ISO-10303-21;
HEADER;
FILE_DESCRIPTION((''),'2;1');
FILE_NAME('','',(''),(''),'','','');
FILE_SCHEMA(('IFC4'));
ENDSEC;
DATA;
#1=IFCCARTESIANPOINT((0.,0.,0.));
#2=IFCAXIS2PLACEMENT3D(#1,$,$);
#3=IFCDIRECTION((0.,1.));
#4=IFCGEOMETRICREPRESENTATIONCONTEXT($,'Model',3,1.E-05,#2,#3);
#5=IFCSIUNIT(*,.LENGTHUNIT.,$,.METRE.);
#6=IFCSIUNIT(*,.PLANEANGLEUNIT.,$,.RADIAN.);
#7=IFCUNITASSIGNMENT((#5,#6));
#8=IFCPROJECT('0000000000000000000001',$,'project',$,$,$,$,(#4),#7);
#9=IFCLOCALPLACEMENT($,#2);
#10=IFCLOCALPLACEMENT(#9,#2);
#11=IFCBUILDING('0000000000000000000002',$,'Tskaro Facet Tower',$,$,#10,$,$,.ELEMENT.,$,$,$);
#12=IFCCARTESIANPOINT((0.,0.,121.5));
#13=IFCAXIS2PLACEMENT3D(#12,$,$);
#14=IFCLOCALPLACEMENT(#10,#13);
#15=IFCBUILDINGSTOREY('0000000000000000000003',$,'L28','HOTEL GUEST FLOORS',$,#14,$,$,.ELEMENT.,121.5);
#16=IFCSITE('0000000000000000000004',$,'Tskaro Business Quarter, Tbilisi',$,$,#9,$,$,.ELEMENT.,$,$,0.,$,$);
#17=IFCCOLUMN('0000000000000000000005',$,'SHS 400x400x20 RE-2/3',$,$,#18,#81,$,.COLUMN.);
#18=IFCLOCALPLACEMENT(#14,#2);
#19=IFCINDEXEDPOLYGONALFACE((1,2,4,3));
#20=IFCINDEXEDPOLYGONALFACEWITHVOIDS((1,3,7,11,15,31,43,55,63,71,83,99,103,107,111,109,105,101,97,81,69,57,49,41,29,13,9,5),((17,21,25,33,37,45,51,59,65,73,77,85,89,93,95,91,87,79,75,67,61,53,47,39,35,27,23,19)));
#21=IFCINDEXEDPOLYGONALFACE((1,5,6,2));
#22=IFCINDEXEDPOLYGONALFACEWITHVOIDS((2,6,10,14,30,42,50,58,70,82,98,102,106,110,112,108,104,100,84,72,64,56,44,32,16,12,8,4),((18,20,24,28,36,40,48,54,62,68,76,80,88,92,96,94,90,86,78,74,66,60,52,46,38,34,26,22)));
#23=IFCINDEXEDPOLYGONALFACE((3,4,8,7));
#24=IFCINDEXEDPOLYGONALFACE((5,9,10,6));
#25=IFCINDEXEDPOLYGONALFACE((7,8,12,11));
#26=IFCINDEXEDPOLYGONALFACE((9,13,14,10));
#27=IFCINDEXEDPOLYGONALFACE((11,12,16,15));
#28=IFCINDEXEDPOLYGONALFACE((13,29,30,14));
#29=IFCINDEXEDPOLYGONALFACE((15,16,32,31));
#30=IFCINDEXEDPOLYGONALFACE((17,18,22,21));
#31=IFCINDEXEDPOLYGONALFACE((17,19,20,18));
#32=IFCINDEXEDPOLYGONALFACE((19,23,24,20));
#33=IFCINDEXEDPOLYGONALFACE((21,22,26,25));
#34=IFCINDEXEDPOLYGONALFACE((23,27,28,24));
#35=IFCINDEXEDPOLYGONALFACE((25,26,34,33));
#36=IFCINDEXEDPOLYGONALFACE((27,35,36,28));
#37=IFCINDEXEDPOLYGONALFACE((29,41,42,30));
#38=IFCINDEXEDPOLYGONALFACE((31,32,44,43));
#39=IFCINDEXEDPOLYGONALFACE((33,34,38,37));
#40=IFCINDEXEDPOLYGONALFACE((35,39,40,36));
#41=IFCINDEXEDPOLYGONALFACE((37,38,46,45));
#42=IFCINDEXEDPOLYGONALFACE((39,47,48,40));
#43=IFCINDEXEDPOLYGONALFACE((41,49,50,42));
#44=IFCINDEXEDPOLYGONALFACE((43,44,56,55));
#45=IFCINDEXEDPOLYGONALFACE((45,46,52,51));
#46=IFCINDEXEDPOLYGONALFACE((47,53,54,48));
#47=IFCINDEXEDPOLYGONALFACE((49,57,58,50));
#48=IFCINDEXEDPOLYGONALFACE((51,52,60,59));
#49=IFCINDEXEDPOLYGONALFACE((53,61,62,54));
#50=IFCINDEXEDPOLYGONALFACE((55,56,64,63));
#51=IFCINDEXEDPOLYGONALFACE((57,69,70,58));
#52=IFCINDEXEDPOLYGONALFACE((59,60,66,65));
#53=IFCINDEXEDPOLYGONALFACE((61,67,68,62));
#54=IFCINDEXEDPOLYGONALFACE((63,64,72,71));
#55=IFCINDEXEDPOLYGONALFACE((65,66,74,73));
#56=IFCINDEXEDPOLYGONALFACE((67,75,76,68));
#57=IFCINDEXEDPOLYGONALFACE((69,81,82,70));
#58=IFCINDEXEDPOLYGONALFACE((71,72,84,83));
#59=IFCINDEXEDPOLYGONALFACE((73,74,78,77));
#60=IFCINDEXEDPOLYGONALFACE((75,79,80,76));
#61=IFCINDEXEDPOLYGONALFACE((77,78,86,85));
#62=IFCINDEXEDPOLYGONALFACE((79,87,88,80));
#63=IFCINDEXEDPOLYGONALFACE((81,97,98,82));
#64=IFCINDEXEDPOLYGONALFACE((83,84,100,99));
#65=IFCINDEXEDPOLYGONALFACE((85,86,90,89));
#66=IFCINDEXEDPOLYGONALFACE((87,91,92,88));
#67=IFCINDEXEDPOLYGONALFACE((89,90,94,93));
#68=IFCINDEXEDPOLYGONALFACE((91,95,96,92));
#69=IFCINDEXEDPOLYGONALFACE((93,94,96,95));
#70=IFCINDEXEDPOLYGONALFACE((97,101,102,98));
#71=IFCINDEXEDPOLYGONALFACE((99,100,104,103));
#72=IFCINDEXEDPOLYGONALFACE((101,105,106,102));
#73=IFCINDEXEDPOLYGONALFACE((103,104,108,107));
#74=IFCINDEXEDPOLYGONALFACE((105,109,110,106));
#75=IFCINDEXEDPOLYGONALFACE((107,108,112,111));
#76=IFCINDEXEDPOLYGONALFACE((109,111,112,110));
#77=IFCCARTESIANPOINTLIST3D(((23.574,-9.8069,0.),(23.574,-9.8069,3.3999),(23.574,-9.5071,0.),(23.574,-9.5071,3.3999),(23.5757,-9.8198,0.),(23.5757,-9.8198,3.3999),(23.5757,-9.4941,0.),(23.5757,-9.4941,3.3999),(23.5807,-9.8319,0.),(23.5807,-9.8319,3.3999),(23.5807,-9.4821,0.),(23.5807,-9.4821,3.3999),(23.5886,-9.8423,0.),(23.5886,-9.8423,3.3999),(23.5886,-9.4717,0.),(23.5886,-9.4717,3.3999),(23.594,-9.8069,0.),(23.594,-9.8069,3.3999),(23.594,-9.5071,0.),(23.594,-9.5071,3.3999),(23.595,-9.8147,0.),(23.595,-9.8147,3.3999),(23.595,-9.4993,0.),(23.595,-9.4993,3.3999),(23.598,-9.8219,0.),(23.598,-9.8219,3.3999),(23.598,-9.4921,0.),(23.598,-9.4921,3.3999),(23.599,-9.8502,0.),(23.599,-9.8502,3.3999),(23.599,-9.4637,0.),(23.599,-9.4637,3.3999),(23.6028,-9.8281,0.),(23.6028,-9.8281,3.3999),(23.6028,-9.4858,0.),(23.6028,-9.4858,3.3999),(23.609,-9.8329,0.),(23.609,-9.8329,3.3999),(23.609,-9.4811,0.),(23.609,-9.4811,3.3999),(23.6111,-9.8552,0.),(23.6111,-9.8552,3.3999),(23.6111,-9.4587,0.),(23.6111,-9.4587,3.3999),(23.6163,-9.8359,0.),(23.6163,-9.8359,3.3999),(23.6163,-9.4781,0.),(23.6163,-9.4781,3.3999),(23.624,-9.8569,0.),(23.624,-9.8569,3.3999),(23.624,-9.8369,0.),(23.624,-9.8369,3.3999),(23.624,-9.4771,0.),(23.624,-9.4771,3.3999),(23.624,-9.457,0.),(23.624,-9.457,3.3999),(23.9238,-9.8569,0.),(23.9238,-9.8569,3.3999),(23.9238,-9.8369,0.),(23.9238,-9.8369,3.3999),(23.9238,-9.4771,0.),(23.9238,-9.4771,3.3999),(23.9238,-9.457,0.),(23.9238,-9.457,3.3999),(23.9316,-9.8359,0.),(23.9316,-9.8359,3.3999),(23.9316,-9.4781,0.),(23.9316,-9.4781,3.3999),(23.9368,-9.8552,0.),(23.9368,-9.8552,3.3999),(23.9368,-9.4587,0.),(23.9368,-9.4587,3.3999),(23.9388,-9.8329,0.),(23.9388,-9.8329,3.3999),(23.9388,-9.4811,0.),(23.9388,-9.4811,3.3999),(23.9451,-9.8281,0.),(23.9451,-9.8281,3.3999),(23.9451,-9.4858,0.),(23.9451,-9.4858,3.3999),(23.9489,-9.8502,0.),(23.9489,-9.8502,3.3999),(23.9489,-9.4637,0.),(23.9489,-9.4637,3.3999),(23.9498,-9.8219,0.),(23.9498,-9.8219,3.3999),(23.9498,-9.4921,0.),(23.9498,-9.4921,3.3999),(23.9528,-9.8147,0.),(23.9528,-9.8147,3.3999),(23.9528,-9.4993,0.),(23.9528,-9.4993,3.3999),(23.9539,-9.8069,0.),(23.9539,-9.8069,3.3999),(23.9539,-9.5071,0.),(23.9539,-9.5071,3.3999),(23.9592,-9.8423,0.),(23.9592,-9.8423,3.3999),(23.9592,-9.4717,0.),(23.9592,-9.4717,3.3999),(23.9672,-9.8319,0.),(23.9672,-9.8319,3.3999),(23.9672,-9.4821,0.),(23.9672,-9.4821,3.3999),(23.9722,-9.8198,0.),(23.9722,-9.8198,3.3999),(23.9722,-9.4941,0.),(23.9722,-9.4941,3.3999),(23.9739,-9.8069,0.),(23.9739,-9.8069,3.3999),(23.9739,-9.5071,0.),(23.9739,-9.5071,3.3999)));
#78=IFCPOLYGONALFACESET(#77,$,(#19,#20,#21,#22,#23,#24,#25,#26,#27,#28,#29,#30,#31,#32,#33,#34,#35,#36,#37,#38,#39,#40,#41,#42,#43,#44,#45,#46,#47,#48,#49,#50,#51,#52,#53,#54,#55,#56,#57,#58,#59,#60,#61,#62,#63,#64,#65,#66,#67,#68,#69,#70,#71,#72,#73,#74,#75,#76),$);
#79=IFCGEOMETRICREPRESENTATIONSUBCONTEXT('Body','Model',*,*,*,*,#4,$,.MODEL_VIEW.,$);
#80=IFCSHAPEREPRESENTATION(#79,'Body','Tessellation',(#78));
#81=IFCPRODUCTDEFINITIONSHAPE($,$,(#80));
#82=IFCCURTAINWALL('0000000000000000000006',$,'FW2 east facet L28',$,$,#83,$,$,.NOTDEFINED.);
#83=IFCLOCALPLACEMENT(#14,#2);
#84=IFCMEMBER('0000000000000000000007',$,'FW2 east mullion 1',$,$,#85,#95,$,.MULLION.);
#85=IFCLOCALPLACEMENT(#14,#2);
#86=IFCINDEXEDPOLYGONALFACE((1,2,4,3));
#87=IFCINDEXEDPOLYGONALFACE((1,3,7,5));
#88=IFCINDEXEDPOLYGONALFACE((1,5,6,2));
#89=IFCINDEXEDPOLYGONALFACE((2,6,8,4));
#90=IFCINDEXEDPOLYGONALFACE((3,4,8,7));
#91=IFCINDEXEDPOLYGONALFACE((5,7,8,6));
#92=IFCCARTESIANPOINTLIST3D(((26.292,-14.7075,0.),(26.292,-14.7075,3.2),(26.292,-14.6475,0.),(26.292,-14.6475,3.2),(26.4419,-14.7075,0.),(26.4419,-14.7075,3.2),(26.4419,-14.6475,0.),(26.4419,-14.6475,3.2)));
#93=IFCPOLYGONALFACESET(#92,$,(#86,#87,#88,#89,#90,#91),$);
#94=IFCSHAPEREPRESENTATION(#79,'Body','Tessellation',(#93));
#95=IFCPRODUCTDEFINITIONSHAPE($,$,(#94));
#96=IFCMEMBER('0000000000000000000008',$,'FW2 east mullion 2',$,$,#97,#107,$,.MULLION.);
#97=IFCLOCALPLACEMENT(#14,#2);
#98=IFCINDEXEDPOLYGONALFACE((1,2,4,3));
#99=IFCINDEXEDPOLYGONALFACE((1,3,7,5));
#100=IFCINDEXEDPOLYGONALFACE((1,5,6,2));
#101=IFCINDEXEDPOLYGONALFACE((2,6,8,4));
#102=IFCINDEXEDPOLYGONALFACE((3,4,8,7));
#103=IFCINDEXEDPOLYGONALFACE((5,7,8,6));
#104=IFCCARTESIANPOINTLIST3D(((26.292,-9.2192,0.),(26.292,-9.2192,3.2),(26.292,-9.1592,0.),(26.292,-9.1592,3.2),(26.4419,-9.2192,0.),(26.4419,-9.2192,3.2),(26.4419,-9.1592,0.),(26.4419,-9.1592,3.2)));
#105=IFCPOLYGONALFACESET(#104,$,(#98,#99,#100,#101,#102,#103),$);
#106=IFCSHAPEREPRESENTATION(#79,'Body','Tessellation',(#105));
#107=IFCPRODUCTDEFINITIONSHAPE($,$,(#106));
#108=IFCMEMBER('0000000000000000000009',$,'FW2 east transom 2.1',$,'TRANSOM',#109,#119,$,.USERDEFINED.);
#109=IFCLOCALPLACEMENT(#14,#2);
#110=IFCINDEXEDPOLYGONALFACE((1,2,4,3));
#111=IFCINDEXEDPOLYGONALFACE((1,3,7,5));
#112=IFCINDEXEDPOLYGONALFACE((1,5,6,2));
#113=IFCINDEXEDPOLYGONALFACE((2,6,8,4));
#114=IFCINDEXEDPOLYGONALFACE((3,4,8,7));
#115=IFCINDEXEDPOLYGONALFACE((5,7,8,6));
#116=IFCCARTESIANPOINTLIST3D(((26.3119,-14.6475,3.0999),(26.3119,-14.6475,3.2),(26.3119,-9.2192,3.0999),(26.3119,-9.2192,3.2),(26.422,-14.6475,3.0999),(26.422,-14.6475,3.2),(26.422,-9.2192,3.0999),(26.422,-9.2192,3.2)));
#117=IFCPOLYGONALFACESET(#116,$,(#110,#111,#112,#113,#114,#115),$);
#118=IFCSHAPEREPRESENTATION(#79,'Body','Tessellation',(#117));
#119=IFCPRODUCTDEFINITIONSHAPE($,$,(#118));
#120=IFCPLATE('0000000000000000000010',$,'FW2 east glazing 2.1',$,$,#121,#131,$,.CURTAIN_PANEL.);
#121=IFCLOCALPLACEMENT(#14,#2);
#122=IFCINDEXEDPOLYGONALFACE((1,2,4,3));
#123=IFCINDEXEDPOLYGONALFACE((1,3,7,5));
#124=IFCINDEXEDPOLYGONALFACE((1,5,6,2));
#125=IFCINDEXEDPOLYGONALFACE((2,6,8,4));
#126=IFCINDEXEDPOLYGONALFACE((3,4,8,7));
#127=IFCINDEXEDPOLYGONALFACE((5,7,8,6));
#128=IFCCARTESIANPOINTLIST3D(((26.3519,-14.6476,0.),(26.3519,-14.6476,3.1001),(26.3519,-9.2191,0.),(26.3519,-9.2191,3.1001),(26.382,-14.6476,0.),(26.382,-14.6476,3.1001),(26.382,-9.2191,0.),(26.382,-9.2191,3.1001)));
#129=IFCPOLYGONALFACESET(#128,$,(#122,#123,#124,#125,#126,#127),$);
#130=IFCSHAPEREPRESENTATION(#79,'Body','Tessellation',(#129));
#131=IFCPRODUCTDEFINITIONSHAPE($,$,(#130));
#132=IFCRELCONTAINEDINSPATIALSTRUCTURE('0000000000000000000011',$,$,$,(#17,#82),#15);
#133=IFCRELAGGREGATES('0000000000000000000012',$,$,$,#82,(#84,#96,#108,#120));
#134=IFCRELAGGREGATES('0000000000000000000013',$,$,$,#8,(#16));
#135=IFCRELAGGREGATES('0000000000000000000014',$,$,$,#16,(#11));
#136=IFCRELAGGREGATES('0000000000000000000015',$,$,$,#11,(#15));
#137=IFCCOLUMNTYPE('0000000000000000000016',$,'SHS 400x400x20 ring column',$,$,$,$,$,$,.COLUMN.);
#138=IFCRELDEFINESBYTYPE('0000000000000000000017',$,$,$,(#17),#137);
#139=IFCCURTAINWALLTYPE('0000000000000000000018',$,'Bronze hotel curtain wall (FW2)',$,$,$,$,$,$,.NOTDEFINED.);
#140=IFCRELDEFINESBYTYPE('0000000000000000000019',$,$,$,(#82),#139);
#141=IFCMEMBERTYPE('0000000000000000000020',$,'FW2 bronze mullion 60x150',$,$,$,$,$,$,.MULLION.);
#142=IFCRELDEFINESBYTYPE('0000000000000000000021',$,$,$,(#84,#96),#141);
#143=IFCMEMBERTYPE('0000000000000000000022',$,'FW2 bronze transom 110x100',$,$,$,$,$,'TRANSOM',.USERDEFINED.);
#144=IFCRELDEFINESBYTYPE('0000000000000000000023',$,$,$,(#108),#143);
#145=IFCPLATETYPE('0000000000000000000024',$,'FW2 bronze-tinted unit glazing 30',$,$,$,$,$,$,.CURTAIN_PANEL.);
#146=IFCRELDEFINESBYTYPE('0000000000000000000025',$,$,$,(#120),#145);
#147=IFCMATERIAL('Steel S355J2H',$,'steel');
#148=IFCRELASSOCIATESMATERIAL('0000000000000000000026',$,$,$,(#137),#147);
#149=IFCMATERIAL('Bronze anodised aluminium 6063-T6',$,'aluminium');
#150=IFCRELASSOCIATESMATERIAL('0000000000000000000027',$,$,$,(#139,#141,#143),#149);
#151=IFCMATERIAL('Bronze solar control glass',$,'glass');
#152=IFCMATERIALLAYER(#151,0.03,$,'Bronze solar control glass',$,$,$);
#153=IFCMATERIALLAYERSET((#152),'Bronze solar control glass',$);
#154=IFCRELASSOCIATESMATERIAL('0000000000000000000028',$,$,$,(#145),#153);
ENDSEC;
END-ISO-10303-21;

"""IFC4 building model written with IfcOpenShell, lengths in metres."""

from ifc_helpers import new_model, si_unit, direction, frame, origin, origin_2d, place, context, subcontext, project, spatial, rectangle, hollow_rectangle, extrude, material, layer, layer_set, material_profile, profile_set, type_object, element, aggregate, save


model = new_model("IFC4")

# Units and contexts
model_context = context("Model", 3, precision=1e-05, world=origin(), true_north=direction((0.0, 1.0)))
body_context = subcontext(model_context, "Body", "Model", "MODEL_VIEW")
ifc_project = project(units=[si_unit("LENGTHUNIT", "METRE"), si_unit("PLANEANGLEUNIT", "RADIAN")], contexts=[model_context])

# Site, building, storey
site_placement = place(None, origin())
site = spatial("IfcSite", under=ifc_project, at=site_placement, Name="Tskaro Business Quarter, Tbilisi", CompositionType="ELEMENT", RefElevation=0.0)
building_placement = place(site_placement, origin())
building = spatial("IfcBuilding", under=site, at=building_placement, Name="Tskaro Facet Tower", CompositionType="ELEMENT")
storey_placement = place(building_placement, frame((0.0, 0.0, 121.5)))
storey = spatial("IfcBuildingStorey", under=building, at=storey_placement, Name="L28", Description="HOTEL GUEST FLOORS", CompositionType="ELEMENT", Elevation=121.5)

# Column
ifc_material_1 = material(Name="Steel S355J2H", Category="steel")
ifc_material_profile_1 = material_profile(ifc_material_1, hollow_rectangle(XDim=0.3999, YDim=0.3999, WallThickness=0.02, InnerFilletRadius=0.03, OuterFilletRadius=0.05, at=origin_2d()), Name="SHS 400x400x20")
ifc_profile_set_1 = profile_set([ifc_material_profile_1], Name="Steel S355J2H")
column_type = type_object("IfcColumnType", Name="SHS 400x400x20 ring column", PredefinedType="COLUMN", material=ifc_profile_set_1)
column_placement = place(storey_placement, frame((23.7739, -9.657, 0.0), z_axis=(0.0, 0.0, 1.0), x_axis=(1.0, 0.0, 0.0)))
element("IfcColumn", 1, at=column_placement, inside=storey, type_object=column_type, Name="SHS 400x400x20 RE-2/3", PredefinedType="COLUMN", context=body_context, shape_type="SweptSolid", body=[
    extrude(hollow_rectangle(XDim=0.3999, YDim=0.3999, WallThickness=0.02, InnerFilletRadius=0.03, OuterFilletRadius=0.05, at=origin_2d()), origin(), (0.0, 0.0, 1.0), 3.3999),
])

# Curtain wall, members, plate
ifc_material_2 = material(Name="Bronze anodised aluminium 6063-T6", Category="aluminium")
curtain_wall_type = type_object("IfcCurtainWallType", Name="Bronze hotel curtain wall (FW2)", PredefinedType="NOTDEFINED", material=ifc_material_2)
curtain_wall_placement = place(storey_placement, origin())
curtain_wall = element("IfcCurtainWall", 2, at=curtain_wall_placement, inside=storey, type_object=curtain_wall_type, Name="FW2 east facet L28", PredefinedType="NOTDEFINED")
ifc_material_profile_2 = material_profile(ifc_material_2, rectangle(XDim=0.0601, YDim=0.1499, at=origin_2d()), Name="Mullion 60x150")
ifc_profile_set_2 = profile_set([ifc_material_profile_2], Name="Bronze anodised aluminium 6063-T6")
member_type_1 = type_object("IfcMemberType", Name="FW2 bronze mullion 60x150", PredefinedType="MULLION", material=ifc_profile_set_2)
member_1_placement = place(storey_placement, frame((26.3669, -14.6775, 0.0), z_axis=(0.0, 0.0, 1.0), x_axis=(0.0, 1.0, 0.0)))
member_1 = element("IfcMember", 3, at=member_1_placement, type_object=member_type_1, Name="FW2 east mullion 1", PredefinedType="MULLION", context=body_context, shape_type="SweptSolid", body=[
    extrude(rectangle(XDim=0.0601, YDim=0.1499, at=origin_2d()), origin(), (0.0, 0.0, 1.0), 3.2),
])
member_2_placement = place(storey_placement, frame((26.3669, -9.1892, 0.0), z_axis=(0.0, 0.0, 1.0), x_axis=(0.0, 1.0, 0.0)))
member_2 = element("IfcMember", 4, at=member_2_placement, type_object=member_type_1, Name="FW2 east mullion 2", PredefinedType="MULLION", context=body_context, shape_type="SweptSolid", body=[
    extrude(rectangle(XDim=0.0601, YDim=0.1499, at=origin_2d()), origin(), (0.0, 0.0, 1.0), 3.2),
])
ifc_material_profile_3 = material_profile(ifc_material_2, rectangle(XDim=0.1101, YDim=0.1001, at=origin_2d()), Name="Transom 110x100")
ifc_profile_set_3 = profile_set([ifc_material_profile_3], Name="Bronze anodised aluminium 6063-T6")
member_type_2 = type_object("IfcMemberType", Name="FW2 bronze transom 110x100", ElementType="TRANSOM", PredefinedType="USERDEFINED", material=ifc_profile_set_3)
member_3_placement = place(storey_placement, frame((26.3669, -14.6475, 3.1499), z_axis=(0.0, 1.0, 0.0), x_axis=(-1.0, 0.0, 0.0)))
member_3 = element("IfcMember", 5, at=member_3_placement, type_object=member_type_2, Name="FW2 east transom 2.1", ObjectType="TRANSOM", PredefinedType="USERDEFINED", context=body_context, shape_type="SweptSolid", body=[
    extrude(rectangle(XDim=0.1101, YDim=0.1001, at=origin_2d()), origin(), (0.0, 0.0, 1.0), 5.4282),
])
ifc_material_3 = material(Name="Bronze solar control glass", Category="glass")
ifc_layer_1 = layer(ifc_material_3, 0.03, Name="Bronze solar control glass")
ifc_layer_set_1 = layer_set([ifc_layer_1], Name="Bronze solar control glass")
plate_type = type_object("IfcPlateType", Name="FW2 bronze-tinted unit glazing 30", PredefinedType="CURTAIN_PANEL", material=ifc_layer_set_1)
plate_placement = place(storey_placement, frame((26.3669, -11.9333, 0.0), z_axis=(0.0, 0.0, 1.0), x_axis=(0.0, 1.0, 0.0)))
plate = element("IfcPlate", 6, at=plate_placement, type_object=plate_type, Name="FW2 east glazing 2.1", PredefinedType="CURTAIN_PANEL", context=body_context, shape_type="SweptSolid", body=[
    extrude(rectangle(XDim=5.4285, YDim=0.03, at=origin_2d()), origin(), (0.0, 0.0, 1.0), 3.1001),
])
aggregate(curtain_wall, [member_1, member_2, member_3, plate])

save(model, "model.ifc")
